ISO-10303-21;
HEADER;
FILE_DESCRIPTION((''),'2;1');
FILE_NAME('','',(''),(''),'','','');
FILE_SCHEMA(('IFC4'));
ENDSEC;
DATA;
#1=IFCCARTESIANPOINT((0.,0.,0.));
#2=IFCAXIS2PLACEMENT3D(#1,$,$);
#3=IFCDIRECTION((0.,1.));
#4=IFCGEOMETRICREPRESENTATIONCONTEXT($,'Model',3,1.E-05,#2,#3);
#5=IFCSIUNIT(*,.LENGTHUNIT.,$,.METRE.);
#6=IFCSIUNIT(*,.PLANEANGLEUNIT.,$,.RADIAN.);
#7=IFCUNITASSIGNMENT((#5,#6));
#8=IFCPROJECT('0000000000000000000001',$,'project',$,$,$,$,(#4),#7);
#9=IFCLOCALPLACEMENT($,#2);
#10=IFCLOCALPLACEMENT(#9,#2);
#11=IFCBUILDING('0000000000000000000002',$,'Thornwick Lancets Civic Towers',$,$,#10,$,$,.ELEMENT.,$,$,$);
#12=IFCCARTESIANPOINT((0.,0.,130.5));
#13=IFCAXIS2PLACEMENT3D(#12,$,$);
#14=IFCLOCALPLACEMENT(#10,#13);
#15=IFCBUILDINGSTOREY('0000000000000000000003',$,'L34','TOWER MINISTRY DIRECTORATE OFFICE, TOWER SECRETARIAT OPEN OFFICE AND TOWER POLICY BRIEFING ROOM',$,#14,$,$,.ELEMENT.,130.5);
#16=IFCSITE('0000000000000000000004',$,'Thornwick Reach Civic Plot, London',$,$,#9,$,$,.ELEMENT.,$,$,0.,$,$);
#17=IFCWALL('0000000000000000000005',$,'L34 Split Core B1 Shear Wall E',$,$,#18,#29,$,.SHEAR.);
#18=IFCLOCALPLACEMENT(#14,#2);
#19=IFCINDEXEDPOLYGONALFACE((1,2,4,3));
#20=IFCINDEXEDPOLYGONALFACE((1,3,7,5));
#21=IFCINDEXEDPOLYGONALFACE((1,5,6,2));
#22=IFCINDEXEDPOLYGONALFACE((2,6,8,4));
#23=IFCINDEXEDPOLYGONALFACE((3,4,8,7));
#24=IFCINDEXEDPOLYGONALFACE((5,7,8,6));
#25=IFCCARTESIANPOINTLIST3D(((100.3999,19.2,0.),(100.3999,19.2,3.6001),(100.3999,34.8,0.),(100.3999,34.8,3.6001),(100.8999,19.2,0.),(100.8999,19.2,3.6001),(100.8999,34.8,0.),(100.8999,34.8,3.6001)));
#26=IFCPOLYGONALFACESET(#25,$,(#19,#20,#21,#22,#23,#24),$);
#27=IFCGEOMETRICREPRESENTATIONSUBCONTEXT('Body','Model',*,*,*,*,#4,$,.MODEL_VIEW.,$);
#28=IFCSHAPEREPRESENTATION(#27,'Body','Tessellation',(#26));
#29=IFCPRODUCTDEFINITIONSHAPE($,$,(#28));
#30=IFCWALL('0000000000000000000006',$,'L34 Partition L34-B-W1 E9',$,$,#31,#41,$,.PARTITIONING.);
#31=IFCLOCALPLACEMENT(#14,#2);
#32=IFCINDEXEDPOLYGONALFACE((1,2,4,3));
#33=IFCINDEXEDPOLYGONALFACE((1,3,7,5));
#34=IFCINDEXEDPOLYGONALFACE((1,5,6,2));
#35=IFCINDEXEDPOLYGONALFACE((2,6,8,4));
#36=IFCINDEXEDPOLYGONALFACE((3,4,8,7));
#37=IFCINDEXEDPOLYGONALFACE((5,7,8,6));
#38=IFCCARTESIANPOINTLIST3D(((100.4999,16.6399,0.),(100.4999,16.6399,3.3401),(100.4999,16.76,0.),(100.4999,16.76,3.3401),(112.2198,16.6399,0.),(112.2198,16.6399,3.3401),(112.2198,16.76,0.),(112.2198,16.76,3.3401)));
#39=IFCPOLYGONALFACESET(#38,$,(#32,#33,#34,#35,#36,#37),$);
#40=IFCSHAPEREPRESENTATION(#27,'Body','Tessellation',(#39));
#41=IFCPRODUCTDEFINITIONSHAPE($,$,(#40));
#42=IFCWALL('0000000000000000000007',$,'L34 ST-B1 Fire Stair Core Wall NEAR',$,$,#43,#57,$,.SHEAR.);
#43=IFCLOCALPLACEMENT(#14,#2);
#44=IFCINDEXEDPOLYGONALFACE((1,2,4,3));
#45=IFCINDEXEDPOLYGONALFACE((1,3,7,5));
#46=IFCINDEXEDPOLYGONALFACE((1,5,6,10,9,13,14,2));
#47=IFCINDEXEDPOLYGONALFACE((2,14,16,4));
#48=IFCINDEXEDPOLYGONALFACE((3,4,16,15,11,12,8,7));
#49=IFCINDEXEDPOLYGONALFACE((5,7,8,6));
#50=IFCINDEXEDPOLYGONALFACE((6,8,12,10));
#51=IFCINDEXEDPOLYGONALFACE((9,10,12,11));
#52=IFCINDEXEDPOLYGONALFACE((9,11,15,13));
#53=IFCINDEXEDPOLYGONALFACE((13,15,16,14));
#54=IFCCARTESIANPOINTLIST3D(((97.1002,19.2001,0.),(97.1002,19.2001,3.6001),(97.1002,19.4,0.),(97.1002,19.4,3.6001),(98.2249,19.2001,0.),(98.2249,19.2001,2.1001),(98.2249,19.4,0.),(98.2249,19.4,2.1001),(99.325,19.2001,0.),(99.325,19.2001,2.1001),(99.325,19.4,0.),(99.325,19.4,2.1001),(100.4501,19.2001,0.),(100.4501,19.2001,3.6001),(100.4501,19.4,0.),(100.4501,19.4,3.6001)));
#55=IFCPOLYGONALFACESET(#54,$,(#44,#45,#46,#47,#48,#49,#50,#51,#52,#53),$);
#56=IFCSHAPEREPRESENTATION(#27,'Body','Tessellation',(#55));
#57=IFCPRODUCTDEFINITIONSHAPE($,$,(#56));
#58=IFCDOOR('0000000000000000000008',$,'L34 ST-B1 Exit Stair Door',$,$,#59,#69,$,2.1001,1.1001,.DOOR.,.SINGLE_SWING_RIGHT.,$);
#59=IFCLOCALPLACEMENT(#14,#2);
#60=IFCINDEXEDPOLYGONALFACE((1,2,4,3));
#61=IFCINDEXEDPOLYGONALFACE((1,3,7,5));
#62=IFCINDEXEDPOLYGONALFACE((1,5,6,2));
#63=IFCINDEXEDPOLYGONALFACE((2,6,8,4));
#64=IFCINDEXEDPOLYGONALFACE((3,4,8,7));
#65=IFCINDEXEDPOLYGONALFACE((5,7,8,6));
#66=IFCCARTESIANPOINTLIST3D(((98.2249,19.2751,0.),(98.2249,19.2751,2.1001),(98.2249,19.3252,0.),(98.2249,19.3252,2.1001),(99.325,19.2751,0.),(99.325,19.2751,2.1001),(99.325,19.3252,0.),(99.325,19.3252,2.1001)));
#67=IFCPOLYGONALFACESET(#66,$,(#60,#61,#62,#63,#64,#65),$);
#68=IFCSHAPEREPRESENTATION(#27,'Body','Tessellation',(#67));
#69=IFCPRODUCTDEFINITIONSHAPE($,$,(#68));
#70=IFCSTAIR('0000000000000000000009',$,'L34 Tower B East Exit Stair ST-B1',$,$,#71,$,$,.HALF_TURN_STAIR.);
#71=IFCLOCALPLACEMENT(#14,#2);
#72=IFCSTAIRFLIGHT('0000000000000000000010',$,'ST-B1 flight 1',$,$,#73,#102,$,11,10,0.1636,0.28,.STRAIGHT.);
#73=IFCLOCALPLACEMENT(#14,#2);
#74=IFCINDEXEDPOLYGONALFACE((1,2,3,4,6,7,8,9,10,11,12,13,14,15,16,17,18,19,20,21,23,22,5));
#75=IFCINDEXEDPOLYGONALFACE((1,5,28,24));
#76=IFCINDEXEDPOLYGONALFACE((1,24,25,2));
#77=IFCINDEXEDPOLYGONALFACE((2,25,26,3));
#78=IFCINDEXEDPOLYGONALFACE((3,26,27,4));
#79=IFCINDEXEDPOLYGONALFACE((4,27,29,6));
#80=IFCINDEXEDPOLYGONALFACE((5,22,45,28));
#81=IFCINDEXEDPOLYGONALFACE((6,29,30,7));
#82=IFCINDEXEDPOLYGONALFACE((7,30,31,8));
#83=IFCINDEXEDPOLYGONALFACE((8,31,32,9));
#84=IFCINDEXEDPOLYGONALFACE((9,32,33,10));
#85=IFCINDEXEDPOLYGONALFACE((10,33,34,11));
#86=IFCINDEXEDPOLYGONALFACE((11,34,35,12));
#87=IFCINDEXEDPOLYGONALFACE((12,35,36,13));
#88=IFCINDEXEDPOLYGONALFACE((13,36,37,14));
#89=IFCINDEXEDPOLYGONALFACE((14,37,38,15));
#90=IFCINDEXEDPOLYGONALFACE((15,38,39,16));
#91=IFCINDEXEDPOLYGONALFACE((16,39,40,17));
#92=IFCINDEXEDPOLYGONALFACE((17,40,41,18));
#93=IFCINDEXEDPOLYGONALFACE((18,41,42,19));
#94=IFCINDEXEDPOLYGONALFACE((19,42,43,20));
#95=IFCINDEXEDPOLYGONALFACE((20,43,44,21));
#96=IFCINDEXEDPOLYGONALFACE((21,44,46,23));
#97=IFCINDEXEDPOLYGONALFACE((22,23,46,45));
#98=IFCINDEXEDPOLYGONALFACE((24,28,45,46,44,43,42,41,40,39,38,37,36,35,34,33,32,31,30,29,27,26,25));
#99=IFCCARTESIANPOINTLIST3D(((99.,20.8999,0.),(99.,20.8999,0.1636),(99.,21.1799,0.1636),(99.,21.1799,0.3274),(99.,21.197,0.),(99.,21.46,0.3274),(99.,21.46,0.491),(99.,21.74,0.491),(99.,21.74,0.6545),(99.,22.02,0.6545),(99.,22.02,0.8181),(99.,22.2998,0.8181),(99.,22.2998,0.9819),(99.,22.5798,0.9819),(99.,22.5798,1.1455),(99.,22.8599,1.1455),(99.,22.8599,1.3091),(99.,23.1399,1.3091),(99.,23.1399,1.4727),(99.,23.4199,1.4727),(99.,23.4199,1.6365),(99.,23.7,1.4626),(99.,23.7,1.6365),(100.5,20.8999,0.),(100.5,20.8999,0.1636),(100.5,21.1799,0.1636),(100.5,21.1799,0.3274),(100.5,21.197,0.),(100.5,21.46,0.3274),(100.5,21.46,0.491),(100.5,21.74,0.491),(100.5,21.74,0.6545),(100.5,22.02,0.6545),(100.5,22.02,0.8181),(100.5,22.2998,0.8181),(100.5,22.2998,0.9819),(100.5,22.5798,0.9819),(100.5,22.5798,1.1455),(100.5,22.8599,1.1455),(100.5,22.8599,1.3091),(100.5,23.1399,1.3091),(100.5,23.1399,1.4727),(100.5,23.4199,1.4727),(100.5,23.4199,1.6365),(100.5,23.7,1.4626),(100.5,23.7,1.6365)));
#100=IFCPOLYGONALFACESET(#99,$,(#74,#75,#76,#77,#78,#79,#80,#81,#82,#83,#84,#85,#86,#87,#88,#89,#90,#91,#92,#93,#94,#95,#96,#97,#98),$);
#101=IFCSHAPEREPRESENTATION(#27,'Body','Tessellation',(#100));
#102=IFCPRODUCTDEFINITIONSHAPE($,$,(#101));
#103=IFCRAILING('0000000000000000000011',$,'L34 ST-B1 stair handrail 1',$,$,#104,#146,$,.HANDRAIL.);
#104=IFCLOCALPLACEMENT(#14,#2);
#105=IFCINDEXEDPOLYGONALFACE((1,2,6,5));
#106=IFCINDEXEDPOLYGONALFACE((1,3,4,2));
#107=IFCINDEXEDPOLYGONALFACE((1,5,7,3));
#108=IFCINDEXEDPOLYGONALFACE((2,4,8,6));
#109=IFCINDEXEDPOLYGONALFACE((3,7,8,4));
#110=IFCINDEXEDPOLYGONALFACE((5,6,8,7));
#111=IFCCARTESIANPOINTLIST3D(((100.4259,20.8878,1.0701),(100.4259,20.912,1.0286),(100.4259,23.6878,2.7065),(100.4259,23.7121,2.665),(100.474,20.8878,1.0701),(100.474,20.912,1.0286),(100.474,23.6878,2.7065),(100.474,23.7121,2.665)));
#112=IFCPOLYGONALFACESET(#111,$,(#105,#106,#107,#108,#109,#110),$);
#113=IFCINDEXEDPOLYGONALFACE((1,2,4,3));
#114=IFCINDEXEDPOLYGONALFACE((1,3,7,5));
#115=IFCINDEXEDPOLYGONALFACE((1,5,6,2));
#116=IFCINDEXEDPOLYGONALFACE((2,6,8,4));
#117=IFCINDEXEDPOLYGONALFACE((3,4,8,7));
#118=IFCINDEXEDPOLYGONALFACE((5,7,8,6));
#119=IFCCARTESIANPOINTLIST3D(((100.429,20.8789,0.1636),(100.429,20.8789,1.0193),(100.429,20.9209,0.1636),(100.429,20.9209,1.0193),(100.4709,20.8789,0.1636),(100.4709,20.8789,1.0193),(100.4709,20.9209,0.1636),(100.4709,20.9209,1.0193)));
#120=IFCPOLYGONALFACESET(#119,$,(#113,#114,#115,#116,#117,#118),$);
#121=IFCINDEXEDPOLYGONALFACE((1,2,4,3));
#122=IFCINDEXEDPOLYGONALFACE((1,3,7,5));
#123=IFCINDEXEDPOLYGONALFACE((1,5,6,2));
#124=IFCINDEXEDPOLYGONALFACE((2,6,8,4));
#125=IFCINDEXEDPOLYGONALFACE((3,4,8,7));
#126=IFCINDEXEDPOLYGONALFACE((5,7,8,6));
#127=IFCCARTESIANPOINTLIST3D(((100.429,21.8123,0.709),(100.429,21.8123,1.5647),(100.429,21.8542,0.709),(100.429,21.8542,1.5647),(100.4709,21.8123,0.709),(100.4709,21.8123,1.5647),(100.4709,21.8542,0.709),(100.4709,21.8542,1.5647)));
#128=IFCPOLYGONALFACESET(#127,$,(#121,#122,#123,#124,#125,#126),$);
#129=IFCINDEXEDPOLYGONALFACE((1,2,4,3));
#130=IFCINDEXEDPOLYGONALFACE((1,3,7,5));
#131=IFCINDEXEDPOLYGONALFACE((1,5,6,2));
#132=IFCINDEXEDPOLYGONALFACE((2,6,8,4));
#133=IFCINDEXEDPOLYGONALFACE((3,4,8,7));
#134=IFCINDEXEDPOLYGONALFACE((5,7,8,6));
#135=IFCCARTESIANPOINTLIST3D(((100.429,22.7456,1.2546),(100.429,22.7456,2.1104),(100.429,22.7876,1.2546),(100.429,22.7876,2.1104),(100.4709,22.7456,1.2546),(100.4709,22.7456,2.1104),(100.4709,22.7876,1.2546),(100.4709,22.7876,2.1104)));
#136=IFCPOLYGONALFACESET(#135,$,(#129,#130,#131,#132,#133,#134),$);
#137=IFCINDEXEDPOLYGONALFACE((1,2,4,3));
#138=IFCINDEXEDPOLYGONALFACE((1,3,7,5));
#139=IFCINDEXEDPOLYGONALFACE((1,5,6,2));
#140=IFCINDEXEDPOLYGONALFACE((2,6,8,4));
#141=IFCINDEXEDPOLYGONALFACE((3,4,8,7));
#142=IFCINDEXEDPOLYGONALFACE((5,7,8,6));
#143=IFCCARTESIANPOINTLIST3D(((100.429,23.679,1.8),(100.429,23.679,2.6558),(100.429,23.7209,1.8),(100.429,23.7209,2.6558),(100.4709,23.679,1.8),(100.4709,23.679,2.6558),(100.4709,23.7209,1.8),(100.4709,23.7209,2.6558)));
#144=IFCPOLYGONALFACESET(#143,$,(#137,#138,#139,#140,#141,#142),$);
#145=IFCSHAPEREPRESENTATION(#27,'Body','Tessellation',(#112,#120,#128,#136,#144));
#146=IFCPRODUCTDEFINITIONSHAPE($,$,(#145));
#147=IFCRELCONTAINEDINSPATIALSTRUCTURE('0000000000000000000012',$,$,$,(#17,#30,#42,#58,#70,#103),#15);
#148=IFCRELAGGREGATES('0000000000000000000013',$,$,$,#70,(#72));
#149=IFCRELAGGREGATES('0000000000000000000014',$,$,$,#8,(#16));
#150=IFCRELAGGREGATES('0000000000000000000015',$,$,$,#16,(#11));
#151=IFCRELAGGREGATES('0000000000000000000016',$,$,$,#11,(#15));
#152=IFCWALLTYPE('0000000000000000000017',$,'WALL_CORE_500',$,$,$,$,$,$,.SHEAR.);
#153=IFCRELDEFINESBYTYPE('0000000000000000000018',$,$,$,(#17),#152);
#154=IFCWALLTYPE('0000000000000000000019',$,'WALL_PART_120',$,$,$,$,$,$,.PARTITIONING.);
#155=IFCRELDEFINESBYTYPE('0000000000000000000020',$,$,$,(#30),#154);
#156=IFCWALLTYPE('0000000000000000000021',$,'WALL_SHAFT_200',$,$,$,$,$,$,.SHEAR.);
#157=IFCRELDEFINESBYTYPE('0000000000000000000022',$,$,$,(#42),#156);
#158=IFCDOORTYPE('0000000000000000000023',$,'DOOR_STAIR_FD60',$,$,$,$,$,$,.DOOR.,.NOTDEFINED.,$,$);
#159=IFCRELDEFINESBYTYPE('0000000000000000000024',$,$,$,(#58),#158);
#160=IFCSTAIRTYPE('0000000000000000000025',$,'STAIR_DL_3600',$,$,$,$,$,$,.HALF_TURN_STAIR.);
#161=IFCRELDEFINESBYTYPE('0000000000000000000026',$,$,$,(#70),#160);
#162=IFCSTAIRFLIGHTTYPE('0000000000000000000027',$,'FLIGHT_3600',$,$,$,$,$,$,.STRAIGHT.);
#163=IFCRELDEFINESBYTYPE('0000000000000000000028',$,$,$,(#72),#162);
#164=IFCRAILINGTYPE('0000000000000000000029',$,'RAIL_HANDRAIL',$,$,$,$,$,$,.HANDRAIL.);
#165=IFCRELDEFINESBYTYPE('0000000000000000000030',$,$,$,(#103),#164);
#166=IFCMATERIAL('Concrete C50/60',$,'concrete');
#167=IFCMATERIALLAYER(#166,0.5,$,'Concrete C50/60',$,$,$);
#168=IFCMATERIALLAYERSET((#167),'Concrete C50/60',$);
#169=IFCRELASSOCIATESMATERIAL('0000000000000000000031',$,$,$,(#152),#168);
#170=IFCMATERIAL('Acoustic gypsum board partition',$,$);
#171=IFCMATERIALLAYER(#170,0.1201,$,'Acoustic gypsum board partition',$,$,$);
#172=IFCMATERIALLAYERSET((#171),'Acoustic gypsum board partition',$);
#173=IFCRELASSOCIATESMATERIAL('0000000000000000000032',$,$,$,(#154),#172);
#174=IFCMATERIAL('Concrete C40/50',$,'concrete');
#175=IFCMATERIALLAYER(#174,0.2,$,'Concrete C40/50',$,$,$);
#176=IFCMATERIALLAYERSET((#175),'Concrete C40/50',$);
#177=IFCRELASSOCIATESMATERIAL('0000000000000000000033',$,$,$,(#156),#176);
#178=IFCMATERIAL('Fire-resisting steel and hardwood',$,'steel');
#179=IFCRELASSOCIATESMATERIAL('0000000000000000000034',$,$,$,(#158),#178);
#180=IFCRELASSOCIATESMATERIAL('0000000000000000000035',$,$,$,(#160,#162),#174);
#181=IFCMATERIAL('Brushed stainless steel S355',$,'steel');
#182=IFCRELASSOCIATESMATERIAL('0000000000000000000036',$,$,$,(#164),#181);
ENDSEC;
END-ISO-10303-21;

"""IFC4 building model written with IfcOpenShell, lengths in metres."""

from ifc_helpers import new_model, si_unit, direction, frame, frame_2d, origin, origin_2d, place, context, subcontext, project, spatial, polyline, rectangle, outline, extrude, material, layer, layer_set, type_object, element, fill, aggregate, save


model = new_model("IFC4")

# Units and contexts
model_context = context("Model", 3, precision=1e-05, world=origin(), true_north=direction((0.0, 1.0)))
body_context = subcontext(model_context, "Body", "Model", "MODEL_VIEW")
ifc_project = project(units=[si_unit("LENGTHUNIT", "METRE"), si_unit("PLANEANGLEUNIT", "RADIAN")], contexts=[model_context])

# Site, building, storey
site_placement = place(None, origin())
site = spatial("IfcSite", under=ifc_project, at=site_placement, Name="Thornwick Reach Civic Plot, London", CompositionType="ELEMENT", RefElevation=0.0)
building_placement = place(site_placement, origin())
building = spatial("IfcBuilding", under=site, at=building_placement, Name="Thornwick Lancets Civic Towers", CompositionType="ELEMENT")
storey_placement = place(building_placement, frame((0.0, 0.0, 130.5)))
storey = spatial("IfcBuildingStorey", under=building, at=storey_placement, Name="L34", Description="TOWER MINISTRY DIRECTORATE OFFICE, TOWER SECRETARIAT OPEN OFFICE AND TOWER POLICY BRIEFING ROOM", CompositionType="ELEMENT", Elevation=130.5)

# Shared definitions
ifc_material_1 = material(Name="Concrete C40/50", Category="concrete")

# Walls
ifc_material_2 = material(Name="Concrete C50/60", Category="concrete")
ifc_layer_1 = layer(ifc_material_2, 0.5, Name="Concrete C50/60")
ifc_layer_set_1 = layer_set([ifc_layer_1], Name="Concrete C50/60")
wall_type_1 = type_object("IfcWallType", Name="WALL_CORE_500", PredefinedType="SHEAR", material=ifc_layer_set_1)
wall_1_placement = place(storey_placement, frame((100.6499, 19.2, 0.0), z_axis=(0.0, 0.0, 1.0), x_axis=(0.0, 1.0, 0.0)))
element("IfcWall", 1, at=wall_1_placement, inside=storey, type_object=wall_type_1, Name="L34 Split Core B1 Shear Wall E", PredefinedType="SHEAR", context=body_context, shape_type="SweptSolid", body=[
    extrude(rectangle(XDim=15.6001, YDim=0.5, at=frame_2d((7.8, 0.0))), origin(), (0.0, 0.0, 1.0), 3.6001),
])
ifc_material_3 = material(Name="Acoustic gypsum board partition")
ifc_layer_2 = layer(ifc_material_3, 0.1201, Name="Acoustic gypsum board partition")
ifc_layer_set_2 = layer_set([ifc_layer_2], Name="Acoustic gypsum board partition")
wall_type_2 = type_object("IfcWallType", Name="WALL_PART_120", PredefinedType="PARTITIONING", material=ifc_layer_set_2)
wall_2_placement = place(storey_placement, frame((100.5, 16.7, 0.0), z_axis=(0.0, 0.0, 1.0), x_axis=(1.0, 0.0, 0.0)))
element("IfcWall", 2, at=wall_2_placement, inside=storey, type_object=wall_type_2, Name="L34 Partition L34-B-W1 E9", PredefinedType="PARTITIONING", context=body_context, shape_type="SweptSolid", body=[
    extrude(rectangle(XDim=11.72, YDim=0.1201, at=frame_2d((5.8599, 0.0))), origin(), (0.0, 0.0, 1.0), 3.3401),
])

# Wall, opening, door
ifc_layer_3 = layer(ifc_material_1, 0.2, Name="Concrete C40/50")
ifc_layer_set_3 = layer_set([ifc_layer_3], Name="Concrete C40/50")
wall_type_3 = type_object("IfcWallType", Name="WALL_SHAFT_200", PredefinedType="SHEAR", material=ifc_layer_set_3)
wall_3_placement = place(storey_placement, frame((100.45, 19.3, 0.0), z_axis=(0.0, 0.0, 1.0), x_axis=(-1.0, 0.0, 0.0)))
wall_3 = element("IfcWall", 3, at=wall_3_placement, inside=storey, type_object=wall_type_3, Name="L34 ST-B1 Fire Stair Core Wall NEAR", PredefinedType="SHEAR", context=body_context, shape_type="SweptSolid", body=[
    extrude(rectangle(XDim=3.3499, YDim=0.2, at=frame_2d((1.6748, 0.0))), origin(), (0.0, 0.0, 1.0), 3.6001),
])
opening_placement = place(wall_3_placement, frame((1.125, 0.0, 0.0)))
opening = element("IfcOpeningElement", 4, at=opening_placement, cuts=wall_3, PredefinedType="OPENING", context=body_context, shape_type="SweptSolid", body=[
    extrude(rectangle(XDim=1.1001, YDim=2.1001, at=frame_2d((0.55, 1.05))), frame((0.0, 0.1099, 0.0), z_axis=(0.0, -1.0, 0.0), x_axis=(1.0, 0.0, 0.0)), (0.0, 0.0, 1.0), 0.22),
])
ifc_material_4 = material(Name="Fire-resisting steel and hardwood", Category="steel")
door_type = type_object("IfcDoorType", Name="DOOR_STAIR_FD60", OperationType="NOTDEFINED", PredefinedType="DOOR", material=ifc_material_4)
door_placement = place(opening_placement, origin())
door = element("IfcDoor", 5, at=door_placement, inside=storey, type_object=door_type, Name="L34 ST-B1 Exit Stair Door", OperationType="SINGLE_SWING_RIGHT", OverallHeight=2.1001, OverallWidth=1.1001, PredefinedType="DOOR", context=body_context, shape_type="SweptSolid", body=[
    extrude(rectangle(XDim=1.1001, YDim=2.1001, at=frame_2d((0.55, 1.05))), frame((0.0, 0.0249, 0.0), z_axis=(0.0, -1.0, 0.0), x_axis=(1.0, 0.0, 0.0)), (0.0, 0.0, 1.0), 0.05),
])
fill(opening, door)

# Stair, stair flight
stair_type = type_object("IfcStairType", Name="STAIR_DL_3600", PredefinedType="HALF_TURN_STAIR", material=ifc_material_1)
stair_placement = place(storey_placement, origin())
stair = element("IfcStair", 6, at=stair_placement, inside=storey, type_object=stair_type, Name="L34 Tower B East Exit Stair ST-B1", PredefinedType="HALF_TURN_STAIR")
stair_flight_type = type_object("IfcStairFlightType", Name="FLIGHT_3600", PredefinedType="STRAIGHT", material=ifc_material_1)
stair_flight_placement = place(storey_placement, frame((99.75, 20.8999, 0.0), z_axis=(0.0, 0.0, 1.0), x_axis=(0.0, 1.0, 0.0)))
stair_flight = element("IfcStairFlight", 7, at=stair_flight_placement, type_object=stair_flight_type, Name="ST-B1 flight 1", NumberOfRisers=11, NumberOfTreads=10, PredefinedType="STRAIGHT", RiserHeight=0.1636, TreadLength=0.28, context=body_context, shape_type="SweptSolid", body=[
    extrude(outline(polyline([(0.0, 0.0), (0.0, 0.1636), (0.28, 0.1636), (0.28, 0.3274), (0.5601, 0.3274), (0.5601, 0.491), (0.8401, 0.491), (0.8401, 0.6545), (1.1201, 0.6545), (1.1201, 0.8181), (1.3999, 0.8181), (1.3999, 0.9819), (1.6799, 0.9819), (1.6799, 1.1455), (1.96, 1.1455), (1.96, 1.3091), (2.24, 1.3091), (2.24, 1.4727), (2.52, 1.4727), (2.52, 1.6365), (2.8, 1.6365), (2.8, 1.8), (2.8, 1.4626), (0.2971, 0.0), (0.0, 0.0)])), frame((0.0, 0.75, 0.0), z_axis=(0.0, -1.0, 0.0), x_axis=(1.0, 0.0, 0.0)), (0.0, 0.0, 1.0), 1.5),
])
aggregate(stair, [stair_flight])

# Railing
ifc_material_5 = material(Name="Brushed stainless steel S355", Category="steel")
railing_type_1 = type_object("IfcRailingType", Name="RAIL_HANDRAIL", PredefinedType="HANDRAIL", material=ifc_material_5)
railing_1_placement = place(storey_placement, frame((100.45, 20.8999, 0.1636)))
element("IfcRailing", 8, at=railing_1_placement, inside=storey, type_object=railing_type_1, Name="L34 ST-B1 stair handrail 1", PredefinedType="HANDRAIL", context=body_context, shape_type="SweptSolid", body=[
    extrude(rectangle(XDim=0.0481, YDim=0.0481, at=origin_2d()), frame((0.0, 0.0, 0.8857), z_axis=(0.0, 0.863361, 0.504587), x_axis=(-1.0, 0.0, 0.0)), (0.0, 0.0, 1.0), 3.2432),
    extrude(rectangle(XDim=0.042, YDim=0.042, at=origin_2d()), origin(), (0.0, 0.0, 1.0), 0.8557),
    extrude(rectangle(XDim=0.042, YDim=0.042, at=origin_2d()), frame((0.0, 0.9333, 0.5454)), (0.0, 0.0, 1.0), 0.8557),
    extrude(rectangle(XDim=0.042, YDim=0.042, at=origin_2d()), frame((0.0, 1.8667, 1.0911)), (0.0, 0.0, 1.0), 0.8557),
    extrude(rectangle(XDim=0.042, YDim=0.042, at=origin_2d()), frame((0.0, 2.8, 1.6365)), (0.0, 0.0, 1.0), 0.8557),
])

save(model, "model.ifc")
